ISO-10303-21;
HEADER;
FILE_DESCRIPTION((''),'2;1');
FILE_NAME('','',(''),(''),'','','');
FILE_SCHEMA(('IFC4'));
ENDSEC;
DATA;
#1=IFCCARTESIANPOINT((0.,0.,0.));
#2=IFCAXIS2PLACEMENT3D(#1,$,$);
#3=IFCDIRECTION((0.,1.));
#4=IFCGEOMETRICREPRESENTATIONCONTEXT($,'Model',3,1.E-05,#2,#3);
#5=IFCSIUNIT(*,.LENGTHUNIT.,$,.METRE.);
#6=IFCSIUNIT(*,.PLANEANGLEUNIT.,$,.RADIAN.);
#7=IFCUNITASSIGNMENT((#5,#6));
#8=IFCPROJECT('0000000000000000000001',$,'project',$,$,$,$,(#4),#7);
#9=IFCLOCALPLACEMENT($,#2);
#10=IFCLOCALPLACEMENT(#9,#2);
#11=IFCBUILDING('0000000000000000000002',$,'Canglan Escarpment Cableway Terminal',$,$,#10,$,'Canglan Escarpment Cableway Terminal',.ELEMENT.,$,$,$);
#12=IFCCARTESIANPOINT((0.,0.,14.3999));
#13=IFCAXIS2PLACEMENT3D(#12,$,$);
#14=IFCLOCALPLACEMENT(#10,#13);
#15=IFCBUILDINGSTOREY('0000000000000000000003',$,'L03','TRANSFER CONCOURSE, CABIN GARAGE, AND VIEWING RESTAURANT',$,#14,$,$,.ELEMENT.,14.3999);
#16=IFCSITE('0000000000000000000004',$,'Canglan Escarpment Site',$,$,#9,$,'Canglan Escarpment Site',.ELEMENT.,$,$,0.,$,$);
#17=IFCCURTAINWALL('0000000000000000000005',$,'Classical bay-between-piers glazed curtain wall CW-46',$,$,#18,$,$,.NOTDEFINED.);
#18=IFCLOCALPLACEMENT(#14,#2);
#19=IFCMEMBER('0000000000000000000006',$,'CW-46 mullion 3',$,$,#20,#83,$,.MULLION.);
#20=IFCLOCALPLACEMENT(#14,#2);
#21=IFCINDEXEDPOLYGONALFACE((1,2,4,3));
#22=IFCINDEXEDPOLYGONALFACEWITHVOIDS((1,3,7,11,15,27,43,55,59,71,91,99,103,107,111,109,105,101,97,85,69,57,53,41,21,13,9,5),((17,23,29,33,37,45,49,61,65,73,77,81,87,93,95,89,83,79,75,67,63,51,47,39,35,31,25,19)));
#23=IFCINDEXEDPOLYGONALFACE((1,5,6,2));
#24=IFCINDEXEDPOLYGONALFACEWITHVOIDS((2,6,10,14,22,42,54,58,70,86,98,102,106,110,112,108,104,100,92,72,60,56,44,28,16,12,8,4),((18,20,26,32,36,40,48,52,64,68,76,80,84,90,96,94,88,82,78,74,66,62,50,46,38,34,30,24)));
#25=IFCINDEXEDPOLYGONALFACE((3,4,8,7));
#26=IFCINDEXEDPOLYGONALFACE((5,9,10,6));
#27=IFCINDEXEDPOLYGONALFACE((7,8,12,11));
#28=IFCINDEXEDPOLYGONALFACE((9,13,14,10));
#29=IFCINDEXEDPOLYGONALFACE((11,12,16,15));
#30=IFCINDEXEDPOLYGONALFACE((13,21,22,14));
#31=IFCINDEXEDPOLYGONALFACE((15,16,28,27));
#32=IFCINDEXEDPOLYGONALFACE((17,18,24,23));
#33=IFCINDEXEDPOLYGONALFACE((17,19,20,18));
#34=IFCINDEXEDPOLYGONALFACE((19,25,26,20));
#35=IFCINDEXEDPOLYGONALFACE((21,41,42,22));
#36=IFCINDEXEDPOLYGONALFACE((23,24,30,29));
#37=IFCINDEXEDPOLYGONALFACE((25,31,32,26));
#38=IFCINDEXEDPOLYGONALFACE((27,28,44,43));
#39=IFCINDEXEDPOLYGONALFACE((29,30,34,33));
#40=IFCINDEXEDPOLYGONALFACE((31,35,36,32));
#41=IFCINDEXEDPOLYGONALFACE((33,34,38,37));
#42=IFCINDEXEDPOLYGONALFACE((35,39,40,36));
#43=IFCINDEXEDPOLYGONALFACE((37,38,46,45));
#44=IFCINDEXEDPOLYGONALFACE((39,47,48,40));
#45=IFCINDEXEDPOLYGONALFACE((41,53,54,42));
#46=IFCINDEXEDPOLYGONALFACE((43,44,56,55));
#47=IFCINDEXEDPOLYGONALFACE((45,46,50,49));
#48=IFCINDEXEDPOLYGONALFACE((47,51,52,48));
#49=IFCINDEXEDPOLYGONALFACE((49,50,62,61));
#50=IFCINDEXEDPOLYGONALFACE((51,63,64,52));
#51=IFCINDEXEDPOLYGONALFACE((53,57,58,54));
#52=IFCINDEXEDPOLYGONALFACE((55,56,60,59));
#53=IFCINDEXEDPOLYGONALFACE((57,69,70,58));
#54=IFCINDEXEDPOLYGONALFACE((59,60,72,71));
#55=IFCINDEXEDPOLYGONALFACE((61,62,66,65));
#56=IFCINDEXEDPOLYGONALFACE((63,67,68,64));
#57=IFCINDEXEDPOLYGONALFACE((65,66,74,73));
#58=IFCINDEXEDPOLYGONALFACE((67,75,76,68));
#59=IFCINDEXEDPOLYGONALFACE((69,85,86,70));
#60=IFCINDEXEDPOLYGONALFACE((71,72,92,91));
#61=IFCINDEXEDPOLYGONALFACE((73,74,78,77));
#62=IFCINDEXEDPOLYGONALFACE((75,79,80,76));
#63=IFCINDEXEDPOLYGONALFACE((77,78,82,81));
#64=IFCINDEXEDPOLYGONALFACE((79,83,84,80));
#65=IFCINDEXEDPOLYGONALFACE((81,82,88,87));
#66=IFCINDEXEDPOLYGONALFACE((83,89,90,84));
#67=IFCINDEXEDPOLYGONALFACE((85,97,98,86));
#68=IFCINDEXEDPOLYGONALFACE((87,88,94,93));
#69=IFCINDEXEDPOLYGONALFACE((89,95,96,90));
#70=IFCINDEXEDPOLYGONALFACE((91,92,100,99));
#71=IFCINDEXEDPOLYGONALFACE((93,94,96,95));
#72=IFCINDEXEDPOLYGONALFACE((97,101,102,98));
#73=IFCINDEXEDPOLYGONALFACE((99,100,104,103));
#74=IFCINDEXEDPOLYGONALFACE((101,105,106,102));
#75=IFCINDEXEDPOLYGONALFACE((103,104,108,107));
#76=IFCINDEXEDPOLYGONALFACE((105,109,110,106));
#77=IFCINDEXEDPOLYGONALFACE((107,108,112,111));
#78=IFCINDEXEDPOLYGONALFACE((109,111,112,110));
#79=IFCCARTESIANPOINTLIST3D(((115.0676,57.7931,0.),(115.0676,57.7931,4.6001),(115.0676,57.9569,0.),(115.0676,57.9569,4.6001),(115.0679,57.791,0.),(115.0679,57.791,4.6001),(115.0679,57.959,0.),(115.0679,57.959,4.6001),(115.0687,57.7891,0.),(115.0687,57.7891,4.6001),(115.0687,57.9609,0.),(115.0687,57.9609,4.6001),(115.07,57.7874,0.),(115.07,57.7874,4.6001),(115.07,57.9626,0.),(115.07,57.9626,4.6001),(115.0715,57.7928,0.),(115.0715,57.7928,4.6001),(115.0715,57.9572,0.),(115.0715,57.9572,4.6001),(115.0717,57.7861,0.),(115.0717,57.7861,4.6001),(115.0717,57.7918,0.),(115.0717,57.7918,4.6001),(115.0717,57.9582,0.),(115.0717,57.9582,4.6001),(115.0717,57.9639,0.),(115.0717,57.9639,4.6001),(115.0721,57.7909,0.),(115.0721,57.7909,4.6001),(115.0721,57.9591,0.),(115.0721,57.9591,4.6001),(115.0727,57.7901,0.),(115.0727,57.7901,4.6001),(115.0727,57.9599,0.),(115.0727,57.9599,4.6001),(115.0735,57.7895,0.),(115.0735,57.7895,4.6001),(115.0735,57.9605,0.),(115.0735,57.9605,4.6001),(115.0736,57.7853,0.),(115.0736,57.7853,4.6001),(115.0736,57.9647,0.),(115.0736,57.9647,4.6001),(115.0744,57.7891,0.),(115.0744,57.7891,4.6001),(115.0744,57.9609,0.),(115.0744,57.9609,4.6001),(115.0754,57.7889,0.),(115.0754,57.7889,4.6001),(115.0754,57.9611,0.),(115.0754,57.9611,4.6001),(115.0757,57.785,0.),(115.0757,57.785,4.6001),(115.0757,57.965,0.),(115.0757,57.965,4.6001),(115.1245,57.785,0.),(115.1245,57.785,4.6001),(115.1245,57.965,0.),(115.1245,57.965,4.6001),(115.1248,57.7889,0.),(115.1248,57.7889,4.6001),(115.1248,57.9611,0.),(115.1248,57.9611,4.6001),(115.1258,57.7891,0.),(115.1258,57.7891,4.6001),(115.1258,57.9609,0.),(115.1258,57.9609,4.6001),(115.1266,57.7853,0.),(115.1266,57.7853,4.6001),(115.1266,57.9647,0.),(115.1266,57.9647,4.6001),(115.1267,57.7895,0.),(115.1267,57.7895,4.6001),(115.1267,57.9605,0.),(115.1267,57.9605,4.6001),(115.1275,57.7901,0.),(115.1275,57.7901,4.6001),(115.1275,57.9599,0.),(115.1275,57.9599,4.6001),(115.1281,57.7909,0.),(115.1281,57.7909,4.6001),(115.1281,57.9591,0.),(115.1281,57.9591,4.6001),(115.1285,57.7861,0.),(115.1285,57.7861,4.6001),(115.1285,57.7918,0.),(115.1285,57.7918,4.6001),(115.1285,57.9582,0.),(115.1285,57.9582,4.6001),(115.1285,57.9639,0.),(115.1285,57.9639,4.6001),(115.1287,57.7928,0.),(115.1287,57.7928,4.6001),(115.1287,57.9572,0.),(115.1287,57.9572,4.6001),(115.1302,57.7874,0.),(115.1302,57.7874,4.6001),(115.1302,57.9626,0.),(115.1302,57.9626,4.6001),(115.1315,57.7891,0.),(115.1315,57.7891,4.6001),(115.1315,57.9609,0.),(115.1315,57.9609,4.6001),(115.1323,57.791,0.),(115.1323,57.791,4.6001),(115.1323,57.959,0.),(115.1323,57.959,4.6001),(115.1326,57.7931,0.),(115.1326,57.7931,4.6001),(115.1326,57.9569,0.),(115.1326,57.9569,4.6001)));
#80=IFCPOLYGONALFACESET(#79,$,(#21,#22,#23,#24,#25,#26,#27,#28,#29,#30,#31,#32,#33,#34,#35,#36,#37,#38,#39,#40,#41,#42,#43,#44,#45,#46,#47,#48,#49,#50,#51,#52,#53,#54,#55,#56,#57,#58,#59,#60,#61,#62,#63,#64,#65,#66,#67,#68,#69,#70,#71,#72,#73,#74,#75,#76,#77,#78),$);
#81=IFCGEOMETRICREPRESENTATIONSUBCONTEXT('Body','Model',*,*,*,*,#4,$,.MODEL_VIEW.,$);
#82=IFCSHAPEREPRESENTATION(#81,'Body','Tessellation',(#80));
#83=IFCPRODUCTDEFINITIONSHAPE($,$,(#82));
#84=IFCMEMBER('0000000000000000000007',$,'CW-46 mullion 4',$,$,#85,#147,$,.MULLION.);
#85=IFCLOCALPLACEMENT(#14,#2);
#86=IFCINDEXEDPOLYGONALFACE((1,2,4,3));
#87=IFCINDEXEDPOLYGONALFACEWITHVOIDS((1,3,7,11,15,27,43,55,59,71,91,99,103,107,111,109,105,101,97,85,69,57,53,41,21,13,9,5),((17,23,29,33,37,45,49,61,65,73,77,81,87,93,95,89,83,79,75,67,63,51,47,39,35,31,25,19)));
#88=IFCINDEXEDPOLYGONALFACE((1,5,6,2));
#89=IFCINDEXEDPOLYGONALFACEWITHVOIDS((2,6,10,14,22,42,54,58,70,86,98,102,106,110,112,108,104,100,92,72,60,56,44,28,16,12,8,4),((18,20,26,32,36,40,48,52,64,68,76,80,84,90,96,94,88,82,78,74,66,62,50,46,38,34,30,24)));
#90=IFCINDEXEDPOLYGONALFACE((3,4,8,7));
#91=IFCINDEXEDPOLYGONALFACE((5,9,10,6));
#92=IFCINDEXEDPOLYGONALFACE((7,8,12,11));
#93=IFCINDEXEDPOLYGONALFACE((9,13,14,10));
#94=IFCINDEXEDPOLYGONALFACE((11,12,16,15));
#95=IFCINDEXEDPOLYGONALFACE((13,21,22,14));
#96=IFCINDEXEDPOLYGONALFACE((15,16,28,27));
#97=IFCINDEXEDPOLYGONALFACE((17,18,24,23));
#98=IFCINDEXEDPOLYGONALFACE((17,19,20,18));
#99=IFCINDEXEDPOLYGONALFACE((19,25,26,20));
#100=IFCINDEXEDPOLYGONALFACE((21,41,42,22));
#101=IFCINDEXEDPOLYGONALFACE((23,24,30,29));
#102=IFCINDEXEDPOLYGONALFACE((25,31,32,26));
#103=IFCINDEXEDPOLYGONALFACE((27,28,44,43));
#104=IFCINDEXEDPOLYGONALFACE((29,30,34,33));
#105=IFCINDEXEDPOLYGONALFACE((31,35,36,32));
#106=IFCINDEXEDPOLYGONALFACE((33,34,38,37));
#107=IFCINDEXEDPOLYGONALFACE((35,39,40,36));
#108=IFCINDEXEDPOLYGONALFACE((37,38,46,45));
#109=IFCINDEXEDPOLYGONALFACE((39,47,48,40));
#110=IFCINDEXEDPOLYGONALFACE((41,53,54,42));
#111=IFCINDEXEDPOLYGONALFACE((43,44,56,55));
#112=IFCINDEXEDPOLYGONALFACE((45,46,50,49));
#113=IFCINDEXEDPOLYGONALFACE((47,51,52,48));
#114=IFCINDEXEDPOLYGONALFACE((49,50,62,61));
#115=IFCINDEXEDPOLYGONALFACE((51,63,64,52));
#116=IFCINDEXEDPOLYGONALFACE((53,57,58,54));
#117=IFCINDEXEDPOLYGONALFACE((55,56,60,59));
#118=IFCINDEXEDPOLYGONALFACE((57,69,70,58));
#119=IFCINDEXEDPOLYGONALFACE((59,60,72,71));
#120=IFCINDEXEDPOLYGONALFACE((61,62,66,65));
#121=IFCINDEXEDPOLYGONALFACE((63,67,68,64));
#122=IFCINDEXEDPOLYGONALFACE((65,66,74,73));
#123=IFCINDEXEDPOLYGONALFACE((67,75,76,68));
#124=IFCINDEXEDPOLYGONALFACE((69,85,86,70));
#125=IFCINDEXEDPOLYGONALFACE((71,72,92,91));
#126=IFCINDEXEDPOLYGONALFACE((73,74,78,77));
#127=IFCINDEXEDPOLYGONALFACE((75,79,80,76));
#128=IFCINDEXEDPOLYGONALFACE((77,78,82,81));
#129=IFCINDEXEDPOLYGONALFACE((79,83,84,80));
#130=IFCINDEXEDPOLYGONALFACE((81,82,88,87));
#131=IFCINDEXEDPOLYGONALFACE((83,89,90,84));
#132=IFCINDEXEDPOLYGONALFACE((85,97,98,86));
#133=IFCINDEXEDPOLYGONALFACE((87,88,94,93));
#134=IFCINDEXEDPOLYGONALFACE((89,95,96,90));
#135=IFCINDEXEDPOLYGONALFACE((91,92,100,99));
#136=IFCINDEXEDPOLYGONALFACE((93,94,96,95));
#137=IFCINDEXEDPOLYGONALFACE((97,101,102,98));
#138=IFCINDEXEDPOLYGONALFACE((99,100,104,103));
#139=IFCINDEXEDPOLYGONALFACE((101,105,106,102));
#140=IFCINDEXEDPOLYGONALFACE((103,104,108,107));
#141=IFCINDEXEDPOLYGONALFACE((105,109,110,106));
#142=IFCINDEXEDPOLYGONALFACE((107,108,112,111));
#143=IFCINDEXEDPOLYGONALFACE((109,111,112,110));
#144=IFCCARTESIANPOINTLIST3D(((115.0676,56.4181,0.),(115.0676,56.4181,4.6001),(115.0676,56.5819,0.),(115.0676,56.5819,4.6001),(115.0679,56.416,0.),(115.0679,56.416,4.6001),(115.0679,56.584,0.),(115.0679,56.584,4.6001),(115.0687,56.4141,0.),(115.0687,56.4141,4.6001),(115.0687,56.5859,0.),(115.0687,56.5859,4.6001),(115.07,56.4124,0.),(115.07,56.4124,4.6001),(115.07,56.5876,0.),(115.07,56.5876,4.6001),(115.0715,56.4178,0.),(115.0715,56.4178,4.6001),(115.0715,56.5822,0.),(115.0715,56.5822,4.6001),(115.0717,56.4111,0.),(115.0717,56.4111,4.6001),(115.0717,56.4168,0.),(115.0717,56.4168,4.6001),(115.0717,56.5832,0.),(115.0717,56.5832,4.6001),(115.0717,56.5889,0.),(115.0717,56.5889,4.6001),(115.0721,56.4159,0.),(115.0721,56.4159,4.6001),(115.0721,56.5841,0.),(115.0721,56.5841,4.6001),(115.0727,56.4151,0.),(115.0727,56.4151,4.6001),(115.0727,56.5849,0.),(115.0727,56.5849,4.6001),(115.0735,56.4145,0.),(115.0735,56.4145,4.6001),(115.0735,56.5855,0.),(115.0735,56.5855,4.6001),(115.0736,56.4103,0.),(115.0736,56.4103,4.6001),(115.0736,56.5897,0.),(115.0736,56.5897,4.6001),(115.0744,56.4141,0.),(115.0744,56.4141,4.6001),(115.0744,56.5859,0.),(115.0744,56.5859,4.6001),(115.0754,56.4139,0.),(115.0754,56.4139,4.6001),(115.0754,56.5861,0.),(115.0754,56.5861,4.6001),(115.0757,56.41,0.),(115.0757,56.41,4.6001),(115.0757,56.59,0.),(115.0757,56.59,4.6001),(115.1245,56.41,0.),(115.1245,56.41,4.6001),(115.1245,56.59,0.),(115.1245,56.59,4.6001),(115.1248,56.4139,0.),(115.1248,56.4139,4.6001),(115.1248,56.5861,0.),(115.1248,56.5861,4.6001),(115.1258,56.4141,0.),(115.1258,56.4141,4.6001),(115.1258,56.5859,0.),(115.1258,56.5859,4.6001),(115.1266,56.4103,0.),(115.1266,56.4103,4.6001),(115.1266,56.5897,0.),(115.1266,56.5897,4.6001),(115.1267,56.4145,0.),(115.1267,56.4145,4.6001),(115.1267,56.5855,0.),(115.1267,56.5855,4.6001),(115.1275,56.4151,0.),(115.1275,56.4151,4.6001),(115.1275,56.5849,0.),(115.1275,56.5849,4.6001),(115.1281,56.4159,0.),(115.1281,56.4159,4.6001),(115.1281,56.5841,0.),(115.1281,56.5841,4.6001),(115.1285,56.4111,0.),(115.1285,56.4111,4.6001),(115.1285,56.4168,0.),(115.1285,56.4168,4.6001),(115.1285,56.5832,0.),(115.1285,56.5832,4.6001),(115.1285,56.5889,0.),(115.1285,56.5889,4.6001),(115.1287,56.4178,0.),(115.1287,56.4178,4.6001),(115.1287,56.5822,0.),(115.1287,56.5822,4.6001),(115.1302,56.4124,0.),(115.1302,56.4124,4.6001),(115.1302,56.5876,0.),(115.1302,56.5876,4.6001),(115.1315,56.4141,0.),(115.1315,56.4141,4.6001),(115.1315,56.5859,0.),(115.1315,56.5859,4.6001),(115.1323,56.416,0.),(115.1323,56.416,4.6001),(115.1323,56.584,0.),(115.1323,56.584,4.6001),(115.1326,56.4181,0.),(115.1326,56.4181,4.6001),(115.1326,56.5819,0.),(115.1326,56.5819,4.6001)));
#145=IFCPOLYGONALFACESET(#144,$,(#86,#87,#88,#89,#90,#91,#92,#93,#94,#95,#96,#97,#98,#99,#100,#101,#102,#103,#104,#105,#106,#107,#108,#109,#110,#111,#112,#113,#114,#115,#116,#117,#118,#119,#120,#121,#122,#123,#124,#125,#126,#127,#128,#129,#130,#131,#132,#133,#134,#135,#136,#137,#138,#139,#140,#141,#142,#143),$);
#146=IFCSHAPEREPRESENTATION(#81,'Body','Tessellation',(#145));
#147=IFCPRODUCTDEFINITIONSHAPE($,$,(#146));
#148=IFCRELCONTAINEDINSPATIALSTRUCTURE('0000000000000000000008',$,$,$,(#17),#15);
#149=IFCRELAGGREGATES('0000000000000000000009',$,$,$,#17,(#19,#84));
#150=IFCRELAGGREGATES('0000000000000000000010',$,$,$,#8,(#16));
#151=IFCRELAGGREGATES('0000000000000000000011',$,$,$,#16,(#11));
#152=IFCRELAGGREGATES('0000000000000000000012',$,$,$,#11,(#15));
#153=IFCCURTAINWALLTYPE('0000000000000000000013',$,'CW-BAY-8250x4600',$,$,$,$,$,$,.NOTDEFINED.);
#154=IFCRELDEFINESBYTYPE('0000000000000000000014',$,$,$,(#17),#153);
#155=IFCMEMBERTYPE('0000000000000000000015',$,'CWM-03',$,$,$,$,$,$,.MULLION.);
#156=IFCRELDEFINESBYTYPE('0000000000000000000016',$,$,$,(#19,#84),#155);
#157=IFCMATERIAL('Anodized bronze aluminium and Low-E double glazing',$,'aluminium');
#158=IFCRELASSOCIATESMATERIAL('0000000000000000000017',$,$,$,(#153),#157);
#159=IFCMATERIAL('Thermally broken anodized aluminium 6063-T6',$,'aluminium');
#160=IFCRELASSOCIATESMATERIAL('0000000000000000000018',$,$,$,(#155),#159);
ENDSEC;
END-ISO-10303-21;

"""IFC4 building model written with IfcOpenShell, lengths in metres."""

from ifc_helpers import new_model, si_unit, direction, frame, origin, origin_2d, place, context, subcontext, project, spatial, hollow_rectangle, extrude, material, material_profile, profile_set, type_object, element, aggregate, save


model = new_model("IFC4")

# Units and contexts
model_context = context("Model", 3, precision=1e-05, world=origin(), true_north=direction((0.0, 1.0)))
body_context = subcontext(model_context, "Body", "Model", "MODEL_VIEW")
ifc_project = project(units=[si_unit("LENGTHUNIT", "METRE"), si_unit("PLANEANGLEUNIT", "RADIAN")], contexts=[model_context])

# Site, building, storey
site_placement = place(None, origin())
site = spatial("IfcSite", under=ifc_project, at=site_placement, Name="Canglan Escarpment Site", LongName="Canglan Escarpment Site", CompositionType="ELEMENT", RefElevation=0.0)
building_placement = place(site_placement, origin())
building = spatial("IfcBuilding", under=site, at=building_placement, Name="Canglan Escarpment Cableway Terminal", LongName="Canglan Escarpment Cableway Terminal", CompositionType="ELEMENT")
storey_placement = place(building_placement, frame((0.0, 0.0, 14.3999)))
storey = spatial("IfcBuildingStorey", under=building, at=storey_placement, Name="L03", Description="TRANSFER CONCOURSE, CABIN GARAGE, AND VIEWING RESTAURANT", CompositionType="ELEMENT", Elevation=14.3999)

# Curtain wall, members
ifc_material_1 = material(Name="Anodized bronze aluminium and Low-E double glazing", Category="aluminium")
curtain_wall_type = type_object("IfcCurtainWallType", Name="CW-BAY-8250x4600", PredefinedType="NOTDEFINED", material=ifc_material_1)
curtain_wall_placement = place(storey_placement, origin())
curtain_wall = element("IfcCurtainWall", 1, at=curtain_wall_placement, inside=storey, type_object=curtain_wall_type, Name="Classical bay-between-piers glazed curtain wall CW-46", PredefinedType="NOTDEFINED")
ifc_material_2 = material(Name="Thermally broken anodized aluminium 6063-T6", Category="aluminium")
ifc_material_profile_1 = material_profile(ifc_material_2, hollow_rectangle(XDim=0.0649, YDim=0.1799, WallThickness=0.0039, InnerFilletRadius=0.0039, OuterFilletRadius=0.0081, at=origin_2d()), Name="ALU-MULL 65x180x4")
ifc_profile_set_1 = profile_set([ifc_material_profile_1], Name="Thermally broken anodized aluminium 6063-T6")
member_type_1 = type_object("IfcMemberType", Name="CWM-03", PredefinedType="MULLION", material=ifc_profile_set_1)
member_1_placement = place(storey_placement, frame((115.1001, 57.875, 0.0), z_axis=(0.0, 0.0, 1.0), x_axis=(1.0, 0.0, 0.0)))
member_1 = element("IfcMember", 2, at=member_1_placement, type_object=member_type_1, Name="CW-46 mullion 3", PredefinedType="MULLION", context=body_context, shape_type="SweptSolid", body=[
    extrude(hollow_rectangle(XDim=0.0649, YDim=0.1799, WallThickness=0.0039, InnerFilletRadius=0.0039, OuterFilletRadius=0.0081, at=origin_2d()), origin(), (0.0, 0.0, 1.0), 4.6001),
])
member_2_placement = place(storey_placement, frame((115.1001, 56.5, 0.0), z_axis=(0.0, 0.0, 1.0), x_axis=(1.0, 0.0, 0.0)))
member_2 = element("IfcMember", 3, at=member_2_placement, type_object=member_type_1, Name="CW-46 mullion 4", PredefinedType="MULLION", context=body_context, shape_type="SweptSolid", body=[
    extrude(hollow_rectangle(XDim=0.0649, YDim=0.1799, WallThickness=0.0039, InnerFilletRadius=0.0039, OuterFilletRadius=0.0081, at=origin_2d()), origin(), (0.0, 0.0, 1.0), 4.6001),
])
aggregate(curtain_wall, [member_1, member_2])

save(model, "model.ifc")
